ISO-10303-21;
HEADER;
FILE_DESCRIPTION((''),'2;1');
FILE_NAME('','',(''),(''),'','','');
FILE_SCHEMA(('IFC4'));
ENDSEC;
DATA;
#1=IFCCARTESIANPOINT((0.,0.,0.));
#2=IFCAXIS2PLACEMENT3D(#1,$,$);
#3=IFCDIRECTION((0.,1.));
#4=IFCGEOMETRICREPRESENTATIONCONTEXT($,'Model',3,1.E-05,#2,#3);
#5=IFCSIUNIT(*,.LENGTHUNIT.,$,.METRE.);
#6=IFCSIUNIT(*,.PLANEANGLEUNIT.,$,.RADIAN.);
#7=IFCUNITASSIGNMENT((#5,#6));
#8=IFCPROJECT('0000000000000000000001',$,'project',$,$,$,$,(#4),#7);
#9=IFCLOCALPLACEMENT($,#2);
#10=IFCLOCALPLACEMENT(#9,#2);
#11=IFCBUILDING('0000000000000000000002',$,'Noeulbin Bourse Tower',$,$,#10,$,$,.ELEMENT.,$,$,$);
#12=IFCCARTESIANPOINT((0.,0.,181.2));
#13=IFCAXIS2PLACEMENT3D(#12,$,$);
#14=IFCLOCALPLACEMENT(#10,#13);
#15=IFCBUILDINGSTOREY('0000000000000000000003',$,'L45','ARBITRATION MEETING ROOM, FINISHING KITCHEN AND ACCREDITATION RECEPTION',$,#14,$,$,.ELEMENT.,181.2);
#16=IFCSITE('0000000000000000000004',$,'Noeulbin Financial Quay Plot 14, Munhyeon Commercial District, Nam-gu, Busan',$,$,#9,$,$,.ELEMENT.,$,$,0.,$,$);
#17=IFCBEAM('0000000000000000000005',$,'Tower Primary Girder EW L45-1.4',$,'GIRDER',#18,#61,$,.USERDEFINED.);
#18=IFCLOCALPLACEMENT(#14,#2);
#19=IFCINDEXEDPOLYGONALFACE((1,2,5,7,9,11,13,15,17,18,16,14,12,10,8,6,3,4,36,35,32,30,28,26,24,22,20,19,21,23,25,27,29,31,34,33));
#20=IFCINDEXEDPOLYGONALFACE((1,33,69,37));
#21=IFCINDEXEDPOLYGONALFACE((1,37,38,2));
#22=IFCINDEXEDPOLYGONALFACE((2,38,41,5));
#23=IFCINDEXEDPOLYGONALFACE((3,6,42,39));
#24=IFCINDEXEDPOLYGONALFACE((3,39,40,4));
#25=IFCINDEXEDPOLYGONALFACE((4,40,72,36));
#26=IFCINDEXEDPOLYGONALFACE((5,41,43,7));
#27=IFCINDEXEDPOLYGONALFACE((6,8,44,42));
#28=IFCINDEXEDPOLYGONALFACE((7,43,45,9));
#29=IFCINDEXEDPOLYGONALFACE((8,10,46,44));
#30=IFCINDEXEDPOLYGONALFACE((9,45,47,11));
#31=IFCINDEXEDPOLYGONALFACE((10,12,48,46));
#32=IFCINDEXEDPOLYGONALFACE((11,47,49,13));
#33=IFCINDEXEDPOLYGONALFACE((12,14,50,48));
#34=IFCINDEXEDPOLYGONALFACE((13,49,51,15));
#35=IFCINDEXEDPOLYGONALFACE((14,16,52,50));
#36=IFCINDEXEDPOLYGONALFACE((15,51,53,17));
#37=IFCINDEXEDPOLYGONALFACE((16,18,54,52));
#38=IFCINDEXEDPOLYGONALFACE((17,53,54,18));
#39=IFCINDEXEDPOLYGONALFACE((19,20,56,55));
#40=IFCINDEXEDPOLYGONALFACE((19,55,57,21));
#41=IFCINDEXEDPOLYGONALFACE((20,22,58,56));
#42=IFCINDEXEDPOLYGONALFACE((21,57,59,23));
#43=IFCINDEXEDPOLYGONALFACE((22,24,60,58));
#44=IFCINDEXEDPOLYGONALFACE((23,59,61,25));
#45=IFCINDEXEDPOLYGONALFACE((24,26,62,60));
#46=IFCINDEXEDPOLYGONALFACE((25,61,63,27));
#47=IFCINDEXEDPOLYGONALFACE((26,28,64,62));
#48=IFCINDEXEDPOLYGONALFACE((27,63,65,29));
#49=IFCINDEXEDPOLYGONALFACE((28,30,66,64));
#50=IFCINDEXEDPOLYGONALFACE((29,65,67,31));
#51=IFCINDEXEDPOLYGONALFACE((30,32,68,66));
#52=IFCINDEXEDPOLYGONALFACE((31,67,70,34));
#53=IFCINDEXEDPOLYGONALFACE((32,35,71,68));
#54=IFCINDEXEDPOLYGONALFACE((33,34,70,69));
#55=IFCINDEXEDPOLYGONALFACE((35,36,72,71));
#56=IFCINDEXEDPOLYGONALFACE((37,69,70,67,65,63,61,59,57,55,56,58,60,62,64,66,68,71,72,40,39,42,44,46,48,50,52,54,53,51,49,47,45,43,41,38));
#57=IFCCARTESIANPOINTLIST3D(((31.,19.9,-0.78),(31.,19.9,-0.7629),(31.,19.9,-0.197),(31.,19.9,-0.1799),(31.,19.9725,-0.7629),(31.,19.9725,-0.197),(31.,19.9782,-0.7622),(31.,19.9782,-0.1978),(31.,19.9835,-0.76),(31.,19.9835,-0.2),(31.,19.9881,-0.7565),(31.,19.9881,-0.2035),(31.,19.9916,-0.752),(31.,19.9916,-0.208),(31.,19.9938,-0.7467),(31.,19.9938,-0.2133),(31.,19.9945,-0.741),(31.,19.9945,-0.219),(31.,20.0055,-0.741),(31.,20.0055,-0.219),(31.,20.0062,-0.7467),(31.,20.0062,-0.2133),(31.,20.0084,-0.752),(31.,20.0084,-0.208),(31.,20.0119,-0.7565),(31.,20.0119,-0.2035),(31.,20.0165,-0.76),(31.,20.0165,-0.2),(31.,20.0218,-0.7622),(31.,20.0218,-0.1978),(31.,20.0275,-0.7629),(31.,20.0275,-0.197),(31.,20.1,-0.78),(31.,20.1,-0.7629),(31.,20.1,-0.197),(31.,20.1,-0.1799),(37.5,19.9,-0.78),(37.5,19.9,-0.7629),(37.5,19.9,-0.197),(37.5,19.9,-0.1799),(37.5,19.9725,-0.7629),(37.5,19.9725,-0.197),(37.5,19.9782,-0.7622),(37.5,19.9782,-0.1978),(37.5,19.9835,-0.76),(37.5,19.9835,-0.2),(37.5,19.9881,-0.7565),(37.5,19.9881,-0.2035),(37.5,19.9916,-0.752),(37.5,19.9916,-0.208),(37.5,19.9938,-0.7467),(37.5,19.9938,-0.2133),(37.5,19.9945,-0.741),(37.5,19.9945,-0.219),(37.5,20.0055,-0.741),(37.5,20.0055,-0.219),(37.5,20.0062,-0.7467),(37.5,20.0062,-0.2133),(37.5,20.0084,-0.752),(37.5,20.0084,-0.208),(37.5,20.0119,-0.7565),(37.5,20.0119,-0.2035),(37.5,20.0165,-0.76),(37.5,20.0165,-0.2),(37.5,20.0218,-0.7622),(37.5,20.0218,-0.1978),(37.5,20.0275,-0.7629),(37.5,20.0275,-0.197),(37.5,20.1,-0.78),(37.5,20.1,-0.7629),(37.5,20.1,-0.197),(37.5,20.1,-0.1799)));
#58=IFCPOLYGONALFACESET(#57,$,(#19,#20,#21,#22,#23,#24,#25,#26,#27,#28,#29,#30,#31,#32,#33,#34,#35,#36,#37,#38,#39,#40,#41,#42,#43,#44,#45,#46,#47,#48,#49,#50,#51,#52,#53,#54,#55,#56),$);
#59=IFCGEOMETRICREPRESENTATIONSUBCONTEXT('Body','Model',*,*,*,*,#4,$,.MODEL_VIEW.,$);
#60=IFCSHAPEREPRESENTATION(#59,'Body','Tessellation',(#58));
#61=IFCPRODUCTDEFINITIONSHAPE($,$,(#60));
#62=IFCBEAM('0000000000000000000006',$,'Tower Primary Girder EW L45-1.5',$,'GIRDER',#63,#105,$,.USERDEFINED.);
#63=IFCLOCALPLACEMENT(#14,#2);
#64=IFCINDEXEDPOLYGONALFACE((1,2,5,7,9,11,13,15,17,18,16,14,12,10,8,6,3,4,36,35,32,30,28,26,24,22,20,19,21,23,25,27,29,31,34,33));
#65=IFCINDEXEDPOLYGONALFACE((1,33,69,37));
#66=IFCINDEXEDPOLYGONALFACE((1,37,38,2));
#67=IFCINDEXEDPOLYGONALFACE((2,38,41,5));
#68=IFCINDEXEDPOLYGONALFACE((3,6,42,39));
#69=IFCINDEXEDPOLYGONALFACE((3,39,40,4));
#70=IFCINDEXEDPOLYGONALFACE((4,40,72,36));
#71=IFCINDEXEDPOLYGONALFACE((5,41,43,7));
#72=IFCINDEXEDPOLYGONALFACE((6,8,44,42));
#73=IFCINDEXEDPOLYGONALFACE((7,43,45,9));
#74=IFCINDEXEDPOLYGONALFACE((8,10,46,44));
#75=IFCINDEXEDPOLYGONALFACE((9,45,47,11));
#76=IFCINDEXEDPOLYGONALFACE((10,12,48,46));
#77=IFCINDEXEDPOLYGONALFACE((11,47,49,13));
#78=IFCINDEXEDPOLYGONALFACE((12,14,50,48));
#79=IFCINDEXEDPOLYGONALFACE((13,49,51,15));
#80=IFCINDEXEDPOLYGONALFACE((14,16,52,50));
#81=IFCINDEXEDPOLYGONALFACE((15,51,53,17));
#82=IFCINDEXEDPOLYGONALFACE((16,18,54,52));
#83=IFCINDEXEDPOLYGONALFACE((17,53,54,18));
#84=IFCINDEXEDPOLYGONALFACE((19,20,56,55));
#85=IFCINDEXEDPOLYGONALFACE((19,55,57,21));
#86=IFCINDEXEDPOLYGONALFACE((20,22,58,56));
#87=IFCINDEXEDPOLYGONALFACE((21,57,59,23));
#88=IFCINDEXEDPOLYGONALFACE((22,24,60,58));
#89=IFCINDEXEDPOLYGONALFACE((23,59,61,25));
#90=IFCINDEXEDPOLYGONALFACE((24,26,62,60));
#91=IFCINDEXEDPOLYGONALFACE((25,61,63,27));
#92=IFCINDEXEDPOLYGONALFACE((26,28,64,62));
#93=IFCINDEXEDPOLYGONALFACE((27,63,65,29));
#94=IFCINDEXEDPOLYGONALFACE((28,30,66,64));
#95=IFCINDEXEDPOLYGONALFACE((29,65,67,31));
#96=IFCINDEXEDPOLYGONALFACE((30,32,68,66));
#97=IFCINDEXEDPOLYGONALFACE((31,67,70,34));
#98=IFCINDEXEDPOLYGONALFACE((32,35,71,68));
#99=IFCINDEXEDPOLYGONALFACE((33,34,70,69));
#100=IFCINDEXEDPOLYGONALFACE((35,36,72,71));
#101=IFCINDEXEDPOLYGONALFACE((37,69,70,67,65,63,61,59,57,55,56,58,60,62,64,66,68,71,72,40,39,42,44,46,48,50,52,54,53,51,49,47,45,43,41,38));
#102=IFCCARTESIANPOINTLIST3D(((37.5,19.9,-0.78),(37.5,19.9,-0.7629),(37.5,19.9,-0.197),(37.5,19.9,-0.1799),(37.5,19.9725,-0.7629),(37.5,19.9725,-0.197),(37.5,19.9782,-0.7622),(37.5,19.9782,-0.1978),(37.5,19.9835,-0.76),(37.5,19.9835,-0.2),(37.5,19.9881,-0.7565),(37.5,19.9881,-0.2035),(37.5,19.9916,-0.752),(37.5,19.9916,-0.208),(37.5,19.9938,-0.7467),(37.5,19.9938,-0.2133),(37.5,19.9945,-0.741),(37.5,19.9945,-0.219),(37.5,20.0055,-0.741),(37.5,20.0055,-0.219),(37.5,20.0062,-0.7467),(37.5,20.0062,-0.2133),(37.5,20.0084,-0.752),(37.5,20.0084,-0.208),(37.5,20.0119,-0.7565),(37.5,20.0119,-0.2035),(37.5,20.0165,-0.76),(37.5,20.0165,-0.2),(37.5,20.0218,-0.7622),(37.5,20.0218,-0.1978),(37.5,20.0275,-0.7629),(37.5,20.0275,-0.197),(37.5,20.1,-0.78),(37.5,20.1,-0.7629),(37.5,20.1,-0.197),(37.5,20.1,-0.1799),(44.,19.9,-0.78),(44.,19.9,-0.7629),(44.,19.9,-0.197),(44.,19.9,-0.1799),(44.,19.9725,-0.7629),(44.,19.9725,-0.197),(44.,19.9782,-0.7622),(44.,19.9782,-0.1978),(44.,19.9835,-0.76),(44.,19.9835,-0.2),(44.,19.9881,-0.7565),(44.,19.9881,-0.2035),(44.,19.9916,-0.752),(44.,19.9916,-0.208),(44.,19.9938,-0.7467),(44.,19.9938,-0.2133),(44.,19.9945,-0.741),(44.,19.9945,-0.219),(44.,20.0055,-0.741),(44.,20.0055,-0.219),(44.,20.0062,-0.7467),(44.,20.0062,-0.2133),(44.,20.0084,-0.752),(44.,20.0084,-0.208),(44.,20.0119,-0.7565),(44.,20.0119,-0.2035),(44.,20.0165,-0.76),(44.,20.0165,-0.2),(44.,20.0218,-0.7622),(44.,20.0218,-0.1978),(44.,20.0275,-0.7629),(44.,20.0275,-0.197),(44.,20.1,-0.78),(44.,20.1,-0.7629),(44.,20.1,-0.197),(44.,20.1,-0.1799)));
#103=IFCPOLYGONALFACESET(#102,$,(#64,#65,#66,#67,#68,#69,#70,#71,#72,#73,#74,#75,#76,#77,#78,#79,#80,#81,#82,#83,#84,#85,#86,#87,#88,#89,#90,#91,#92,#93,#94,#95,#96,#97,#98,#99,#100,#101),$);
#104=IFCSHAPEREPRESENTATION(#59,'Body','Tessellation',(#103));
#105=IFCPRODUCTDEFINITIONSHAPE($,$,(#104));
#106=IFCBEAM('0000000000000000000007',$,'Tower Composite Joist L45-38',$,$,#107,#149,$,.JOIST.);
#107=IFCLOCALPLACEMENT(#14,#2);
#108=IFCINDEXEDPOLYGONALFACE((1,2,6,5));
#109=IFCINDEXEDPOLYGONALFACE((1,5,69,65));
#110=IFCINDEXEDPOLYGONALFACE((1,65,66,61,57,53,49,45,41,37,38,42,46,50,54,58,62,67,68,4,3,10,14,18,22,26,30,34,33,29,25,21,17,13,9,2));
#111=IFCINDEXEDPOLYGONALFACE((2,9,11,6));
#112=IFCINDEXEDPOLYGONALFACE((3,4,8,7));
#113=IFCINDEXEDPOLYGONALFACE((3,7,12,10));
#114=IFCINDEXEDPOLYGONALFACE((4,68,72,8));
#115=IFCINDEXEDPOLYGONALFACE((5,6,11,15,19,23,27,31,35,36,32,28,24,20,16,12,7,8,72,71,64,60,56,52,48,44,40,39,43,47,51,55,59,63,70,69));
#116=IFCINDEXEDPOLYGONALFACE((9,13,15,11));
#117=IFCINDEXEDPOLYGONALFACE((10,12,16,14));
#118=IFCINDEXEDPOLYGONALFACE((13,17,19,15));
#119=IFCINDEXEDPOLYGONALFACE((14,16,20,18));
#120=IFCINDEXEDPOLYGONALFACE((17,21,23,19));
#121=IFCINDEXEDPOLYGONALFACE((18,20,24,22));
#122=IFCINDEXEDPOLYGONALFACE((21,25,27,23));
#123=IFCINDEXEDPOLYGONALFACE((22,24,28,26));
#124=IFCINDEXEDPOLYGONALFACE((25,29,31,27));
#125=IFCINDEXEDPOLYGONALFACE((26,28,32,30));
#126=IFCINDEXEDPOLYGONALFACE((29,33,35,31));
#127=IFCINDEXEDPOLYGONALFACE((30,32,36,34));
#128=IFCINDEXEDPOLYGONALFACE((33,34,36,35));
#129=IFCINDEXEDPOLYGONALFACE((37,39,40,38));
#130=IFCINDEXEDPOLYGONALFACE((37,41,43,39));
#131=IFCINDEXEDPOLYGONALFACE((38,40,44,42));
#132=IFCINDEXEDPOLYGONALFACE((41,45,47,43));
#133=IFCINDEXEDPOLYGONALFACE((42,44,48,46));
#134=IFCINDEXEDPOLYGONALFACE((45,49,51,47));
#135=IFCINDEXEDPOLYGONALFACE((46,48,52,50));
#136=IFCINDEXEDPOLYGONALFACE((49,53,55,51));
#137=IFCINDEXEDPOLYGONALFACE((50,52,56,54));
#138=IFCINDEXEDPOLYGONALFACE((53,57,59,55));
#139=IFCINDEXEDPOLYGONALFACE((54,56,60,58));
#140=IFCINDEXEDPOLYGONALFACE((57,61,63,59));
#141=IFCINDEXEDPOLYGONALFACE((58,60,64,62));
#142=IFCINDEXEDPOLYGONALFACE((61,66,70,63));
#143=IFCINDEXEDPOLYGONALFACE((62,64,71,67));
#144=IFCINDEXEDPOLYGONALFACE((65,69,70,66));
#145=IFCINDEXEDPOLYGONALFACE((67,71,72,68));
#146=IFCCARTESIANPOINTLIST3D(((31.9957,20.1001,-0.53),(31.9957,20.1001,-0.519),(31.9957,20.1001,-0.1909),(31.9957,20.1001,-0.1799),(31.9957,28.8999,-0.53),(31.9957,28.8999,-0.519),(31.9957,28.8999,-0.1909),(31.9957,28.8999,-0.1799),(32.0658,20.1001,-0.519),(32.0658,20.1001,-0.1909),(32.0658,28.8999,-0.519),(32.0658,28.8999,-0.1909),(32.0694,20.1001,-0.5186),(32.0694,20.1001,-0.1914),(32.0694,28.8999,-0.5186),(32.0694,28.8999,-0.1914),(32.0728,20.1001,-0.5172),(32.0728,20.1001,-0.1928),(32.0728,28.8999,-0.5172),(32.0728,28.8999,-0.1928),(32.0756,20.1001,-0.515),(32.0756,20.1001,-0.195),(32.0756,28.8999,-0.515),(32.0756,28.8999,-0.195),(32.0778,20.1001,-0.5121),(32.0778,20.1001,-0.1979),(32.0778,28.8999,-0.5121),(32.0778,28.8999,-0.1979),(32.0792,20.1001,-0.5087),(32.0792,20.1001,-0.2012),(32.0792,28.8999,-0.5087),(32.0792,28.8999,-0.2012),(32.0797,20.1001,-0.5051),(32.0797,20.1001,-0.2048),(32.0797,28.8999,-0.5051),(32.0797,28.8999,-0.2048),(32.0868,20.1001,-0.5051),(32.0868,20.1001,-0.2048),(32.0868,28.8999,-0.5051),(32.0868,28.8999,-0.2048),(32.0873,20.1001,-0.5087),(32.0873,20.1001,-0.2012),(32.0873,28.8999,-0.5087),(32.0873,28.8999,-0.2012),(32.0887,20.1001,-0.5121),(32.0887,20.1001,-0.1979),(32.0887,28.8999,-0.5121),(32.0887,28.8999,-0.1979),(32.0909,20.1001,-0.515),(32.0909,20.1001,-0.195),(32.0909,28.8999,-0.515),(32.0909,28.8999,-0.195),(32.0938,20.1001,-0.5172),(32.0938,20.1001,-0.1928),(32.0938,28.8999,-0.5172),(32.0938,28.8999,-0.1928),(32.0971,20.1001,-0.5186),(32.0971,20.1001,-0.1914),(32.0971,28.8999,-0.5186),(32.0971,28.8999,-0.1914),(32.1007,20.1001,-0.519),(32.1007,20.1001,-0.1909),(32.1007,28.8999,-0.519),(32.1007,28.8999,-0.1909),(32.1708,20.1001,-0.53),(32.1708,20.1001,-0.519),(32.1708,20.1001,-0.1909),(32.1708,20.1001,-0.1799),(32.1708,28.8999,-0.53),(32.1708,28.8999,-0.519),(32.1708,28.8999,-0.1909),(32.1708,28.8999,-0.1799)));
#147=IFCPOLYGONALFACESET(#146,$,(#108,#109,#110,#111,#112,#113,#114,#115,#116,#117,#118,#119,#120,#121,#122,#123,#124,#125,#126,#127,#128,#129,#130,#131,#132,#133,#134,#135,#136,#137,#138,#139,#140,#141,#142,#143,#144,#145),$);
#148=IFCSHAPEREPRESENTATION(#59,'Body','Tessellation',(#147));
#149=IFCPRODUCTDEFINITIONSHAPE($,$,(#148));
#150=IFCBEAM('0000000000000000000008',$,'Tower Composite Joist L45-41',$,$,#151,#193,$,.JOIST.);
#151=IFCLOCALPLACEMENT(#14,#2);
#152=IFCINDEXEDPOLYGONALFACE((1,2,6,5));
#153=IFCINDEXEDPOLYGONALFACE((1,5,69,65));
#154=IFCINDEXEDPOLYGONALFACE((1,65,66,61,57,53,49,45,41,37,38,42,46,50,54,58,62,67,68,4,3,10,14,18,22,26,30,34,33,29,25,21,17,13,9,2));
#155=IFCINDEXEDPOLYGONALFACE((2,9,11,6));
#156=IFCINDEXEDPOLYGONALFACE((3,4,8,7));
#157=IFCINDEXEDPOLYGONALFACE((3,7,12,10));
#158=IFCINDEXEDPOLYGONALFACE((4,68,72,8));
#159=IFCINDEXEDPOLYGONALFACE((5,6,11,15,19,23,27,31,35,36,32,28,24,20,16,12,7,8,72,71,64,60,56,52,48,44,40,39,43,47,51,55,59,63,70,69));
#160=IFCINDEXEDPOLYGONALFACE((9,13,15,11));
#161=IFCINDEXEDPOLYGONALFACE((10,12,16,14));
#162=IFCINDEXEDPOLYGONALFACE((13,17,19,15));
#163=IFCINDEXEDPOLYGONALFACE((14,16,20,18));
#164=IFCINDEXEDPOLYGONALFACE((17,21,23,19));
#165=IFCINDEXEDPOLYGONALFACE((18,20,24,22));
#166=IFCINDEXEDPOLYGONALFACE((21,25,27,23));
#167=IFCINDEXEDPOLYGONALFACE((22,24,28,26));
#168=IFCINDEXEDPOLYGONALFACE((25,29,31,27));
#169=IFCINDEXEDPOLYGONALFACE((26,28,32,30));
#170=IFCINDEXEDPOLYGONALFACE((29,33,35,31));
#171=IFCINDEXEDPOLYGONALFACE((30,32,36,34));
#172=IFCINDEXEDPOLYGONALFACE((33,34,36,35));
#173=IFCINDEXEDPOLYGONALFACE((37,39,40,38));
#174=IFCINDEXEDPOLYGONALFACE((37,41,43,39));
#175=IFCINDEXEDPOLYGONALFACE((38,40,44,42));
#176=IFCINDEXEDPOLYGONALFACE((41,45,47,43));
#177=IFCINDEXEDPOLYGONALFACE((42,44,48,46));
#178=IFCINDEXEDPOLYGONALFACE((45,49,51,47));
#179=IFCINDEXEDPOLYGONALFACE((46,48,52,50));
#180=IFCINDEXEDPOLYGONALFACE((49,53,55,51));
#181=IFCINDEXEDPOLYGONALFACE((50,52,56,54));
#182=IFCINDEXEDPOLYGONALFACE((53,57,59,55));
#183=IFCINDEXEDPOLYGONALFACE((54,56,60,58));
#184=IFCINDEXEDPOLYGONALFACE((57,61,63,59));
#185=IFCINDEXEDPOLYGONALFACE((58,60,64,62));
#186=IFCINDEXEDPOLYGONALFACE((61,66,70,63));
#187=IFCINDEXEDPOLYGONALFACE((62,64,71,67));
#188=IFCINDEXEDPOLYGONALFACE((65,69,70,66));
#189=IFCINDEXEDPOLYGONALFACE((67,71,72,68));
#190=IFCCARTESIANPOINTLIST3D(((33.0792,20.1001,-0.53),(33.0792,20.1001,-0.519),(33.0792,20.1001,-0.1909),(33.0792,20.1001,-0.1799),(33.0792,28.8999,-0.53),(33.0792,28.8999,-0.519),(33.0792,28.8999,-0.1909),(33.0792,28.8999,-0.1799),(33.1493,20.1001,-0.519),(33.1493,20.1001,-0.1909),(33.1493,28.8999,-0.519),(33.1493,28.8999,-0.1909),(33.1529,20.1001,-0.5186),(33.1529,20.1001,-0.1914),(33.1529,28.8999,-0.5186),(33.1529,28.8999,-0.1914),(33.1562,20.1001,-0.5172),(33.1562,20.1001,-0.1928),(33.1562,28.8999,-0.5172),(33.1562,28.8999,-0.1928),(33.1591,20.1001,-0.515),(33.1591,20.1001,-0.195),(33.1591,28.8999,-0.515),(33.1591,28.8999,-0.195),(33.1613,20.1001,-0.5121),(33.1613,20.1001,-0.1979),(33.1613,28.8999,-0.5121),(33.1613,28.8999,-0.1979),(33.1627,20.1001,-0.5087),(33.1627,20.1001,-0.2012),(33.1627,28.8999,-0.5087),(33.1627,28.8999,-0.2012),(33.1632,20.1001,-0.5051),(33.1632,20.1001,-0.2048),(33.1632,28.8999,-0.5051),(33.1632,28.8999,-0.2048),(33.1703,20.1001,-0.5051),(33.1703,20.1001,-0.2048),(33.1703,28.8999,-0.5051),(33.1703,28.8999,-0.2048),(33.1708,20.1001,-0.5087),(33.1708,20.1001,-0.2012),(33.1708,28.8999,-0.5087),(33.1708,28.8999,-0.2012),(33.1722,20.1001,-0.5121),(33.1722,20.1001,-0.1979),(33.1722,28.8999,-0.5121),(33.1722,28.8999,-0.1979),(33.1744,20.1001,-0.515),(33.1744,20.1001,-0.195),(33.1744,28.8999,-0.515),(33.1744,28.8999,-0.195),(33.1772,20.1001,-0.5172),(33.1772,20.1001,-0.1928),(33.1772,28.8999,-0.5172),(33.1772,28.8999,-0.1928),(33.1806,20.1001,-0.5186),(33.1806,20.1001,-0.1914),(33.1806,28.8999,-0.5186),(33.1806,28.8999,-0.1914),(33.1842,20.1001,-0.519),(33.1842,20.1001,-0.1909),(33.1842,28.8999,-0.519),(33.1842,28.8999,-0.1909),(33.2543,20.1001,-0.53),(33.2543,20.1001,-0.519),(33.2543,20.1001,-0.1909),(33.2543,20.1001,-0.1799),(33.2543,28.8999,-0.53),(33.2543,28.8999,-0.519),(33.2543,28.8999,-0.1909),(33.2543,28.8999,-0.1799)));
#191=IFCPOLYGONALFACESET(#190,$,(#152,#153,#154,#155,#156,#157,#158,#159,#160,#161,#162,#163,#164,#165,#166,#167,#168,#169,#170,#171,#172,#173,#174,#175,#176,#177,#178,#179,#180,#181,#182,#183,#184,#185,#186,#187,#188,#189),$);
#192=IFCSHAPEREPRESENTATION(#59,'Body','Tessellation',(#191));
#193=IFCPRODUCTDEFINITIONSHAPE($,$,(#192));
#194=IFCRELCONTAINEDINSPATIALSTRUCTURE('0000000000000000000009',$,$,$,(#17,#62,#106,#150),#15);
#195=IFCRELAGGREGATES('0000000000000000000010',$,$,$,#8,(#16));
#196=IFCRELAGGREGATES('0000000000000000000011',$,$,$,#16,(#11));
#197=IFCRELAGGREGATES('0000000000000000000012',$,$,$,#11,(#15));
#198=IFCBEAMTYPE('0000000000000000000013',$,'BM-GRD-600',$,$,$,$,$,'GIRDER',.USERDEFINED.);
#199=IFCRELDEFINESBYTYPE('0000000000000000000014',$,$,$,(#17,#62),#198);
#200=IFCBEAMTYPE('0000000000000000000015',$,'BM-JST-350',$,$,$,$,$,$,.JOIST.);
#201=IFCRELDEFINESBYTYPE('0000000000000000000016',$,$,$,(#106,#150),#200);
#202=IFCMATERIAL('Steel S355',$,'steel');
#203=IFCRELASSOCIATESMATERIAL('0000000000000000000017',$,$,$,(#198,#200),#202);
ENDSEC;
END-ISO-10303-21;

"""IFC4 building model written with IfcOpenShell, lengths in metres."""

from ifc_helpers import new_model, si_unit, direction, frame, origin, origin_2d, place, context, subcontext, project, spatial, i_section, extrude, material, material_profile, profile_set, type_object, element, save


model = new_model("IFC4")

# Units and contexts
model_context = context("Model", 3, precision=1e-05, world=origin(), true_north=direction((0.0, 1.0)))
body_context = subcontext(model_context, "Body", "Model", "MODEL_VIEW")
ifc_project = project(units=[si_unit("LENGTHUNIT", "METRE"), si_unit("PLANEANGLEUNIT", "RADIAN")], contexts=[model_context])

# Site, building, storey
site_placement = place(None, origin())
site = spatial("IfcSite", under=ifc_project, at=site_placement, Name="Noeulbin Financial Quay Plot 14, Munhyeon Commercial District, Nam-gu, Busan", CompositionType="ELEMENT", RefElevation=0.0)
building_placement = place(site_placement, origin())
building = spatial("IfcBuilding", under=site, at=building_placement, Name="Noeulbin Bourse Tower", CompositionType="ELEMENT")
storey_placement = place(building_placement, frame((0.0, 0.0, 181.2)))
storey = spatial("IfcBuildingStorey", under=building, at=storey_placement, Name="L45", Description="ARBITRATION MEETING ROOM, FINISHING KITCHEN AND ACCREDITATION RECEPTION", CompositionType="ELEMENT", Elevation=181.2)

# Beams
ifc_material_1 = material(Name="Steel S355", Category="steel")
ifc_material_profile_1 = material_profile(ifc_material_1, i_section(OverallWidth=0.2, OverallDepth=0.6001, WebThickness=0.011, FlangeThickness=0.0171, FilletRadius=0.022, at=origin_2d()), Name="H-600x200x11x17", Category="LoadBearing")
ifc_profile_set_1 = profile_set([ifc_material_profile_1], Name="Steel S355")
beam_type_1 = type_object("IfcBeamType", Name="BM-GRD-600", ElementType="GIRDER", PredefinedType="USERDEFINED", material=ifc_profile_set_1)
for number, where, z_axis, x_axis, name in (
    (1, (31.0, 20.0, -0.48), (1.0, 0.0, 0.0), (0.0, 1.0, 0.0), "Tower Primary Girder EW L45-1.4"),
    (2, (37.5, 20.0, -0.48), (1.0, 0.0, 0.0), (0.0, 1.0, 0.0), "Tower Primary Girder EW L45-1.5"),
):
    element("IfcBeam", number, at=place(storey_placement, frame(where, z_axis=z_axis, x_axis=x_axis)), inside=storey, type_object=beam_type_1, Name=name, ObjectType="GIRDER", PredefinedType="USERDEFINED", context=body_context, shape_type="SweptSolid", body=[
        extrude(i_section(OverallWidth=0.2, OverallDepth=0.6001, WebThickness=0.011, FlangeThickness=0.0171, FilletRadius=0.022, at=origin_2d()), origin(), (0.0, 0.0, 1.0), 6.5),
    ])
ifc_material_profile_2 = material_profile(ifc_material_1, i_section(OverallWidth=0.175, OverallDepth=0.3501, WebThickness=0.0071, FlangeThickness=0.011, FilletRadius=0.0139, at=origin_2d()), Name="H-350x175x7x11", Category="LoadBearing")
ifc_profile_set_2 = profile_set([ifc_material_profile_2], Name="Steel S355")
beam_type_2 = type_object("IfcBeamType", Name="BM-JST-350", PredefinedType="JOIST", material=ifc_profile_set_2)
for number, where, z_axis, x_axis, name in (
    (3, (32.0833, 20.1001, -0.355), (0.0, 1.0, 0.0), (-1.0, 0.0, 0.0), "Tower Composite Joist L45-38"),
    (4, (33.1667, 20.1001, -0.355), (0.0, 1.0, 0.0), (-1.0, 0.0, 0.0), "Tower Composite Joist L45-41"),
):
    element("IfcBeam", number, at=place(storey_placement, frame(where, z_axis=z_axis, x_axis=x_axis)), inside=storey, type_object=beam_type_2, Name=name, PredefinedType="JOIST", context=body_context, shape_type="SweptSolid", body=[
        extrude(i_section(OverallWidth=0.175, OverallDepth=0.3501, WebThickness=0.0071, FlangeThickness=0.011, FilletRadius=0.0139, at=origin_2d()), origin(), (0.0, 0.0, 1.0), 8.7998),
    ])

save(model, "model.ifc")
